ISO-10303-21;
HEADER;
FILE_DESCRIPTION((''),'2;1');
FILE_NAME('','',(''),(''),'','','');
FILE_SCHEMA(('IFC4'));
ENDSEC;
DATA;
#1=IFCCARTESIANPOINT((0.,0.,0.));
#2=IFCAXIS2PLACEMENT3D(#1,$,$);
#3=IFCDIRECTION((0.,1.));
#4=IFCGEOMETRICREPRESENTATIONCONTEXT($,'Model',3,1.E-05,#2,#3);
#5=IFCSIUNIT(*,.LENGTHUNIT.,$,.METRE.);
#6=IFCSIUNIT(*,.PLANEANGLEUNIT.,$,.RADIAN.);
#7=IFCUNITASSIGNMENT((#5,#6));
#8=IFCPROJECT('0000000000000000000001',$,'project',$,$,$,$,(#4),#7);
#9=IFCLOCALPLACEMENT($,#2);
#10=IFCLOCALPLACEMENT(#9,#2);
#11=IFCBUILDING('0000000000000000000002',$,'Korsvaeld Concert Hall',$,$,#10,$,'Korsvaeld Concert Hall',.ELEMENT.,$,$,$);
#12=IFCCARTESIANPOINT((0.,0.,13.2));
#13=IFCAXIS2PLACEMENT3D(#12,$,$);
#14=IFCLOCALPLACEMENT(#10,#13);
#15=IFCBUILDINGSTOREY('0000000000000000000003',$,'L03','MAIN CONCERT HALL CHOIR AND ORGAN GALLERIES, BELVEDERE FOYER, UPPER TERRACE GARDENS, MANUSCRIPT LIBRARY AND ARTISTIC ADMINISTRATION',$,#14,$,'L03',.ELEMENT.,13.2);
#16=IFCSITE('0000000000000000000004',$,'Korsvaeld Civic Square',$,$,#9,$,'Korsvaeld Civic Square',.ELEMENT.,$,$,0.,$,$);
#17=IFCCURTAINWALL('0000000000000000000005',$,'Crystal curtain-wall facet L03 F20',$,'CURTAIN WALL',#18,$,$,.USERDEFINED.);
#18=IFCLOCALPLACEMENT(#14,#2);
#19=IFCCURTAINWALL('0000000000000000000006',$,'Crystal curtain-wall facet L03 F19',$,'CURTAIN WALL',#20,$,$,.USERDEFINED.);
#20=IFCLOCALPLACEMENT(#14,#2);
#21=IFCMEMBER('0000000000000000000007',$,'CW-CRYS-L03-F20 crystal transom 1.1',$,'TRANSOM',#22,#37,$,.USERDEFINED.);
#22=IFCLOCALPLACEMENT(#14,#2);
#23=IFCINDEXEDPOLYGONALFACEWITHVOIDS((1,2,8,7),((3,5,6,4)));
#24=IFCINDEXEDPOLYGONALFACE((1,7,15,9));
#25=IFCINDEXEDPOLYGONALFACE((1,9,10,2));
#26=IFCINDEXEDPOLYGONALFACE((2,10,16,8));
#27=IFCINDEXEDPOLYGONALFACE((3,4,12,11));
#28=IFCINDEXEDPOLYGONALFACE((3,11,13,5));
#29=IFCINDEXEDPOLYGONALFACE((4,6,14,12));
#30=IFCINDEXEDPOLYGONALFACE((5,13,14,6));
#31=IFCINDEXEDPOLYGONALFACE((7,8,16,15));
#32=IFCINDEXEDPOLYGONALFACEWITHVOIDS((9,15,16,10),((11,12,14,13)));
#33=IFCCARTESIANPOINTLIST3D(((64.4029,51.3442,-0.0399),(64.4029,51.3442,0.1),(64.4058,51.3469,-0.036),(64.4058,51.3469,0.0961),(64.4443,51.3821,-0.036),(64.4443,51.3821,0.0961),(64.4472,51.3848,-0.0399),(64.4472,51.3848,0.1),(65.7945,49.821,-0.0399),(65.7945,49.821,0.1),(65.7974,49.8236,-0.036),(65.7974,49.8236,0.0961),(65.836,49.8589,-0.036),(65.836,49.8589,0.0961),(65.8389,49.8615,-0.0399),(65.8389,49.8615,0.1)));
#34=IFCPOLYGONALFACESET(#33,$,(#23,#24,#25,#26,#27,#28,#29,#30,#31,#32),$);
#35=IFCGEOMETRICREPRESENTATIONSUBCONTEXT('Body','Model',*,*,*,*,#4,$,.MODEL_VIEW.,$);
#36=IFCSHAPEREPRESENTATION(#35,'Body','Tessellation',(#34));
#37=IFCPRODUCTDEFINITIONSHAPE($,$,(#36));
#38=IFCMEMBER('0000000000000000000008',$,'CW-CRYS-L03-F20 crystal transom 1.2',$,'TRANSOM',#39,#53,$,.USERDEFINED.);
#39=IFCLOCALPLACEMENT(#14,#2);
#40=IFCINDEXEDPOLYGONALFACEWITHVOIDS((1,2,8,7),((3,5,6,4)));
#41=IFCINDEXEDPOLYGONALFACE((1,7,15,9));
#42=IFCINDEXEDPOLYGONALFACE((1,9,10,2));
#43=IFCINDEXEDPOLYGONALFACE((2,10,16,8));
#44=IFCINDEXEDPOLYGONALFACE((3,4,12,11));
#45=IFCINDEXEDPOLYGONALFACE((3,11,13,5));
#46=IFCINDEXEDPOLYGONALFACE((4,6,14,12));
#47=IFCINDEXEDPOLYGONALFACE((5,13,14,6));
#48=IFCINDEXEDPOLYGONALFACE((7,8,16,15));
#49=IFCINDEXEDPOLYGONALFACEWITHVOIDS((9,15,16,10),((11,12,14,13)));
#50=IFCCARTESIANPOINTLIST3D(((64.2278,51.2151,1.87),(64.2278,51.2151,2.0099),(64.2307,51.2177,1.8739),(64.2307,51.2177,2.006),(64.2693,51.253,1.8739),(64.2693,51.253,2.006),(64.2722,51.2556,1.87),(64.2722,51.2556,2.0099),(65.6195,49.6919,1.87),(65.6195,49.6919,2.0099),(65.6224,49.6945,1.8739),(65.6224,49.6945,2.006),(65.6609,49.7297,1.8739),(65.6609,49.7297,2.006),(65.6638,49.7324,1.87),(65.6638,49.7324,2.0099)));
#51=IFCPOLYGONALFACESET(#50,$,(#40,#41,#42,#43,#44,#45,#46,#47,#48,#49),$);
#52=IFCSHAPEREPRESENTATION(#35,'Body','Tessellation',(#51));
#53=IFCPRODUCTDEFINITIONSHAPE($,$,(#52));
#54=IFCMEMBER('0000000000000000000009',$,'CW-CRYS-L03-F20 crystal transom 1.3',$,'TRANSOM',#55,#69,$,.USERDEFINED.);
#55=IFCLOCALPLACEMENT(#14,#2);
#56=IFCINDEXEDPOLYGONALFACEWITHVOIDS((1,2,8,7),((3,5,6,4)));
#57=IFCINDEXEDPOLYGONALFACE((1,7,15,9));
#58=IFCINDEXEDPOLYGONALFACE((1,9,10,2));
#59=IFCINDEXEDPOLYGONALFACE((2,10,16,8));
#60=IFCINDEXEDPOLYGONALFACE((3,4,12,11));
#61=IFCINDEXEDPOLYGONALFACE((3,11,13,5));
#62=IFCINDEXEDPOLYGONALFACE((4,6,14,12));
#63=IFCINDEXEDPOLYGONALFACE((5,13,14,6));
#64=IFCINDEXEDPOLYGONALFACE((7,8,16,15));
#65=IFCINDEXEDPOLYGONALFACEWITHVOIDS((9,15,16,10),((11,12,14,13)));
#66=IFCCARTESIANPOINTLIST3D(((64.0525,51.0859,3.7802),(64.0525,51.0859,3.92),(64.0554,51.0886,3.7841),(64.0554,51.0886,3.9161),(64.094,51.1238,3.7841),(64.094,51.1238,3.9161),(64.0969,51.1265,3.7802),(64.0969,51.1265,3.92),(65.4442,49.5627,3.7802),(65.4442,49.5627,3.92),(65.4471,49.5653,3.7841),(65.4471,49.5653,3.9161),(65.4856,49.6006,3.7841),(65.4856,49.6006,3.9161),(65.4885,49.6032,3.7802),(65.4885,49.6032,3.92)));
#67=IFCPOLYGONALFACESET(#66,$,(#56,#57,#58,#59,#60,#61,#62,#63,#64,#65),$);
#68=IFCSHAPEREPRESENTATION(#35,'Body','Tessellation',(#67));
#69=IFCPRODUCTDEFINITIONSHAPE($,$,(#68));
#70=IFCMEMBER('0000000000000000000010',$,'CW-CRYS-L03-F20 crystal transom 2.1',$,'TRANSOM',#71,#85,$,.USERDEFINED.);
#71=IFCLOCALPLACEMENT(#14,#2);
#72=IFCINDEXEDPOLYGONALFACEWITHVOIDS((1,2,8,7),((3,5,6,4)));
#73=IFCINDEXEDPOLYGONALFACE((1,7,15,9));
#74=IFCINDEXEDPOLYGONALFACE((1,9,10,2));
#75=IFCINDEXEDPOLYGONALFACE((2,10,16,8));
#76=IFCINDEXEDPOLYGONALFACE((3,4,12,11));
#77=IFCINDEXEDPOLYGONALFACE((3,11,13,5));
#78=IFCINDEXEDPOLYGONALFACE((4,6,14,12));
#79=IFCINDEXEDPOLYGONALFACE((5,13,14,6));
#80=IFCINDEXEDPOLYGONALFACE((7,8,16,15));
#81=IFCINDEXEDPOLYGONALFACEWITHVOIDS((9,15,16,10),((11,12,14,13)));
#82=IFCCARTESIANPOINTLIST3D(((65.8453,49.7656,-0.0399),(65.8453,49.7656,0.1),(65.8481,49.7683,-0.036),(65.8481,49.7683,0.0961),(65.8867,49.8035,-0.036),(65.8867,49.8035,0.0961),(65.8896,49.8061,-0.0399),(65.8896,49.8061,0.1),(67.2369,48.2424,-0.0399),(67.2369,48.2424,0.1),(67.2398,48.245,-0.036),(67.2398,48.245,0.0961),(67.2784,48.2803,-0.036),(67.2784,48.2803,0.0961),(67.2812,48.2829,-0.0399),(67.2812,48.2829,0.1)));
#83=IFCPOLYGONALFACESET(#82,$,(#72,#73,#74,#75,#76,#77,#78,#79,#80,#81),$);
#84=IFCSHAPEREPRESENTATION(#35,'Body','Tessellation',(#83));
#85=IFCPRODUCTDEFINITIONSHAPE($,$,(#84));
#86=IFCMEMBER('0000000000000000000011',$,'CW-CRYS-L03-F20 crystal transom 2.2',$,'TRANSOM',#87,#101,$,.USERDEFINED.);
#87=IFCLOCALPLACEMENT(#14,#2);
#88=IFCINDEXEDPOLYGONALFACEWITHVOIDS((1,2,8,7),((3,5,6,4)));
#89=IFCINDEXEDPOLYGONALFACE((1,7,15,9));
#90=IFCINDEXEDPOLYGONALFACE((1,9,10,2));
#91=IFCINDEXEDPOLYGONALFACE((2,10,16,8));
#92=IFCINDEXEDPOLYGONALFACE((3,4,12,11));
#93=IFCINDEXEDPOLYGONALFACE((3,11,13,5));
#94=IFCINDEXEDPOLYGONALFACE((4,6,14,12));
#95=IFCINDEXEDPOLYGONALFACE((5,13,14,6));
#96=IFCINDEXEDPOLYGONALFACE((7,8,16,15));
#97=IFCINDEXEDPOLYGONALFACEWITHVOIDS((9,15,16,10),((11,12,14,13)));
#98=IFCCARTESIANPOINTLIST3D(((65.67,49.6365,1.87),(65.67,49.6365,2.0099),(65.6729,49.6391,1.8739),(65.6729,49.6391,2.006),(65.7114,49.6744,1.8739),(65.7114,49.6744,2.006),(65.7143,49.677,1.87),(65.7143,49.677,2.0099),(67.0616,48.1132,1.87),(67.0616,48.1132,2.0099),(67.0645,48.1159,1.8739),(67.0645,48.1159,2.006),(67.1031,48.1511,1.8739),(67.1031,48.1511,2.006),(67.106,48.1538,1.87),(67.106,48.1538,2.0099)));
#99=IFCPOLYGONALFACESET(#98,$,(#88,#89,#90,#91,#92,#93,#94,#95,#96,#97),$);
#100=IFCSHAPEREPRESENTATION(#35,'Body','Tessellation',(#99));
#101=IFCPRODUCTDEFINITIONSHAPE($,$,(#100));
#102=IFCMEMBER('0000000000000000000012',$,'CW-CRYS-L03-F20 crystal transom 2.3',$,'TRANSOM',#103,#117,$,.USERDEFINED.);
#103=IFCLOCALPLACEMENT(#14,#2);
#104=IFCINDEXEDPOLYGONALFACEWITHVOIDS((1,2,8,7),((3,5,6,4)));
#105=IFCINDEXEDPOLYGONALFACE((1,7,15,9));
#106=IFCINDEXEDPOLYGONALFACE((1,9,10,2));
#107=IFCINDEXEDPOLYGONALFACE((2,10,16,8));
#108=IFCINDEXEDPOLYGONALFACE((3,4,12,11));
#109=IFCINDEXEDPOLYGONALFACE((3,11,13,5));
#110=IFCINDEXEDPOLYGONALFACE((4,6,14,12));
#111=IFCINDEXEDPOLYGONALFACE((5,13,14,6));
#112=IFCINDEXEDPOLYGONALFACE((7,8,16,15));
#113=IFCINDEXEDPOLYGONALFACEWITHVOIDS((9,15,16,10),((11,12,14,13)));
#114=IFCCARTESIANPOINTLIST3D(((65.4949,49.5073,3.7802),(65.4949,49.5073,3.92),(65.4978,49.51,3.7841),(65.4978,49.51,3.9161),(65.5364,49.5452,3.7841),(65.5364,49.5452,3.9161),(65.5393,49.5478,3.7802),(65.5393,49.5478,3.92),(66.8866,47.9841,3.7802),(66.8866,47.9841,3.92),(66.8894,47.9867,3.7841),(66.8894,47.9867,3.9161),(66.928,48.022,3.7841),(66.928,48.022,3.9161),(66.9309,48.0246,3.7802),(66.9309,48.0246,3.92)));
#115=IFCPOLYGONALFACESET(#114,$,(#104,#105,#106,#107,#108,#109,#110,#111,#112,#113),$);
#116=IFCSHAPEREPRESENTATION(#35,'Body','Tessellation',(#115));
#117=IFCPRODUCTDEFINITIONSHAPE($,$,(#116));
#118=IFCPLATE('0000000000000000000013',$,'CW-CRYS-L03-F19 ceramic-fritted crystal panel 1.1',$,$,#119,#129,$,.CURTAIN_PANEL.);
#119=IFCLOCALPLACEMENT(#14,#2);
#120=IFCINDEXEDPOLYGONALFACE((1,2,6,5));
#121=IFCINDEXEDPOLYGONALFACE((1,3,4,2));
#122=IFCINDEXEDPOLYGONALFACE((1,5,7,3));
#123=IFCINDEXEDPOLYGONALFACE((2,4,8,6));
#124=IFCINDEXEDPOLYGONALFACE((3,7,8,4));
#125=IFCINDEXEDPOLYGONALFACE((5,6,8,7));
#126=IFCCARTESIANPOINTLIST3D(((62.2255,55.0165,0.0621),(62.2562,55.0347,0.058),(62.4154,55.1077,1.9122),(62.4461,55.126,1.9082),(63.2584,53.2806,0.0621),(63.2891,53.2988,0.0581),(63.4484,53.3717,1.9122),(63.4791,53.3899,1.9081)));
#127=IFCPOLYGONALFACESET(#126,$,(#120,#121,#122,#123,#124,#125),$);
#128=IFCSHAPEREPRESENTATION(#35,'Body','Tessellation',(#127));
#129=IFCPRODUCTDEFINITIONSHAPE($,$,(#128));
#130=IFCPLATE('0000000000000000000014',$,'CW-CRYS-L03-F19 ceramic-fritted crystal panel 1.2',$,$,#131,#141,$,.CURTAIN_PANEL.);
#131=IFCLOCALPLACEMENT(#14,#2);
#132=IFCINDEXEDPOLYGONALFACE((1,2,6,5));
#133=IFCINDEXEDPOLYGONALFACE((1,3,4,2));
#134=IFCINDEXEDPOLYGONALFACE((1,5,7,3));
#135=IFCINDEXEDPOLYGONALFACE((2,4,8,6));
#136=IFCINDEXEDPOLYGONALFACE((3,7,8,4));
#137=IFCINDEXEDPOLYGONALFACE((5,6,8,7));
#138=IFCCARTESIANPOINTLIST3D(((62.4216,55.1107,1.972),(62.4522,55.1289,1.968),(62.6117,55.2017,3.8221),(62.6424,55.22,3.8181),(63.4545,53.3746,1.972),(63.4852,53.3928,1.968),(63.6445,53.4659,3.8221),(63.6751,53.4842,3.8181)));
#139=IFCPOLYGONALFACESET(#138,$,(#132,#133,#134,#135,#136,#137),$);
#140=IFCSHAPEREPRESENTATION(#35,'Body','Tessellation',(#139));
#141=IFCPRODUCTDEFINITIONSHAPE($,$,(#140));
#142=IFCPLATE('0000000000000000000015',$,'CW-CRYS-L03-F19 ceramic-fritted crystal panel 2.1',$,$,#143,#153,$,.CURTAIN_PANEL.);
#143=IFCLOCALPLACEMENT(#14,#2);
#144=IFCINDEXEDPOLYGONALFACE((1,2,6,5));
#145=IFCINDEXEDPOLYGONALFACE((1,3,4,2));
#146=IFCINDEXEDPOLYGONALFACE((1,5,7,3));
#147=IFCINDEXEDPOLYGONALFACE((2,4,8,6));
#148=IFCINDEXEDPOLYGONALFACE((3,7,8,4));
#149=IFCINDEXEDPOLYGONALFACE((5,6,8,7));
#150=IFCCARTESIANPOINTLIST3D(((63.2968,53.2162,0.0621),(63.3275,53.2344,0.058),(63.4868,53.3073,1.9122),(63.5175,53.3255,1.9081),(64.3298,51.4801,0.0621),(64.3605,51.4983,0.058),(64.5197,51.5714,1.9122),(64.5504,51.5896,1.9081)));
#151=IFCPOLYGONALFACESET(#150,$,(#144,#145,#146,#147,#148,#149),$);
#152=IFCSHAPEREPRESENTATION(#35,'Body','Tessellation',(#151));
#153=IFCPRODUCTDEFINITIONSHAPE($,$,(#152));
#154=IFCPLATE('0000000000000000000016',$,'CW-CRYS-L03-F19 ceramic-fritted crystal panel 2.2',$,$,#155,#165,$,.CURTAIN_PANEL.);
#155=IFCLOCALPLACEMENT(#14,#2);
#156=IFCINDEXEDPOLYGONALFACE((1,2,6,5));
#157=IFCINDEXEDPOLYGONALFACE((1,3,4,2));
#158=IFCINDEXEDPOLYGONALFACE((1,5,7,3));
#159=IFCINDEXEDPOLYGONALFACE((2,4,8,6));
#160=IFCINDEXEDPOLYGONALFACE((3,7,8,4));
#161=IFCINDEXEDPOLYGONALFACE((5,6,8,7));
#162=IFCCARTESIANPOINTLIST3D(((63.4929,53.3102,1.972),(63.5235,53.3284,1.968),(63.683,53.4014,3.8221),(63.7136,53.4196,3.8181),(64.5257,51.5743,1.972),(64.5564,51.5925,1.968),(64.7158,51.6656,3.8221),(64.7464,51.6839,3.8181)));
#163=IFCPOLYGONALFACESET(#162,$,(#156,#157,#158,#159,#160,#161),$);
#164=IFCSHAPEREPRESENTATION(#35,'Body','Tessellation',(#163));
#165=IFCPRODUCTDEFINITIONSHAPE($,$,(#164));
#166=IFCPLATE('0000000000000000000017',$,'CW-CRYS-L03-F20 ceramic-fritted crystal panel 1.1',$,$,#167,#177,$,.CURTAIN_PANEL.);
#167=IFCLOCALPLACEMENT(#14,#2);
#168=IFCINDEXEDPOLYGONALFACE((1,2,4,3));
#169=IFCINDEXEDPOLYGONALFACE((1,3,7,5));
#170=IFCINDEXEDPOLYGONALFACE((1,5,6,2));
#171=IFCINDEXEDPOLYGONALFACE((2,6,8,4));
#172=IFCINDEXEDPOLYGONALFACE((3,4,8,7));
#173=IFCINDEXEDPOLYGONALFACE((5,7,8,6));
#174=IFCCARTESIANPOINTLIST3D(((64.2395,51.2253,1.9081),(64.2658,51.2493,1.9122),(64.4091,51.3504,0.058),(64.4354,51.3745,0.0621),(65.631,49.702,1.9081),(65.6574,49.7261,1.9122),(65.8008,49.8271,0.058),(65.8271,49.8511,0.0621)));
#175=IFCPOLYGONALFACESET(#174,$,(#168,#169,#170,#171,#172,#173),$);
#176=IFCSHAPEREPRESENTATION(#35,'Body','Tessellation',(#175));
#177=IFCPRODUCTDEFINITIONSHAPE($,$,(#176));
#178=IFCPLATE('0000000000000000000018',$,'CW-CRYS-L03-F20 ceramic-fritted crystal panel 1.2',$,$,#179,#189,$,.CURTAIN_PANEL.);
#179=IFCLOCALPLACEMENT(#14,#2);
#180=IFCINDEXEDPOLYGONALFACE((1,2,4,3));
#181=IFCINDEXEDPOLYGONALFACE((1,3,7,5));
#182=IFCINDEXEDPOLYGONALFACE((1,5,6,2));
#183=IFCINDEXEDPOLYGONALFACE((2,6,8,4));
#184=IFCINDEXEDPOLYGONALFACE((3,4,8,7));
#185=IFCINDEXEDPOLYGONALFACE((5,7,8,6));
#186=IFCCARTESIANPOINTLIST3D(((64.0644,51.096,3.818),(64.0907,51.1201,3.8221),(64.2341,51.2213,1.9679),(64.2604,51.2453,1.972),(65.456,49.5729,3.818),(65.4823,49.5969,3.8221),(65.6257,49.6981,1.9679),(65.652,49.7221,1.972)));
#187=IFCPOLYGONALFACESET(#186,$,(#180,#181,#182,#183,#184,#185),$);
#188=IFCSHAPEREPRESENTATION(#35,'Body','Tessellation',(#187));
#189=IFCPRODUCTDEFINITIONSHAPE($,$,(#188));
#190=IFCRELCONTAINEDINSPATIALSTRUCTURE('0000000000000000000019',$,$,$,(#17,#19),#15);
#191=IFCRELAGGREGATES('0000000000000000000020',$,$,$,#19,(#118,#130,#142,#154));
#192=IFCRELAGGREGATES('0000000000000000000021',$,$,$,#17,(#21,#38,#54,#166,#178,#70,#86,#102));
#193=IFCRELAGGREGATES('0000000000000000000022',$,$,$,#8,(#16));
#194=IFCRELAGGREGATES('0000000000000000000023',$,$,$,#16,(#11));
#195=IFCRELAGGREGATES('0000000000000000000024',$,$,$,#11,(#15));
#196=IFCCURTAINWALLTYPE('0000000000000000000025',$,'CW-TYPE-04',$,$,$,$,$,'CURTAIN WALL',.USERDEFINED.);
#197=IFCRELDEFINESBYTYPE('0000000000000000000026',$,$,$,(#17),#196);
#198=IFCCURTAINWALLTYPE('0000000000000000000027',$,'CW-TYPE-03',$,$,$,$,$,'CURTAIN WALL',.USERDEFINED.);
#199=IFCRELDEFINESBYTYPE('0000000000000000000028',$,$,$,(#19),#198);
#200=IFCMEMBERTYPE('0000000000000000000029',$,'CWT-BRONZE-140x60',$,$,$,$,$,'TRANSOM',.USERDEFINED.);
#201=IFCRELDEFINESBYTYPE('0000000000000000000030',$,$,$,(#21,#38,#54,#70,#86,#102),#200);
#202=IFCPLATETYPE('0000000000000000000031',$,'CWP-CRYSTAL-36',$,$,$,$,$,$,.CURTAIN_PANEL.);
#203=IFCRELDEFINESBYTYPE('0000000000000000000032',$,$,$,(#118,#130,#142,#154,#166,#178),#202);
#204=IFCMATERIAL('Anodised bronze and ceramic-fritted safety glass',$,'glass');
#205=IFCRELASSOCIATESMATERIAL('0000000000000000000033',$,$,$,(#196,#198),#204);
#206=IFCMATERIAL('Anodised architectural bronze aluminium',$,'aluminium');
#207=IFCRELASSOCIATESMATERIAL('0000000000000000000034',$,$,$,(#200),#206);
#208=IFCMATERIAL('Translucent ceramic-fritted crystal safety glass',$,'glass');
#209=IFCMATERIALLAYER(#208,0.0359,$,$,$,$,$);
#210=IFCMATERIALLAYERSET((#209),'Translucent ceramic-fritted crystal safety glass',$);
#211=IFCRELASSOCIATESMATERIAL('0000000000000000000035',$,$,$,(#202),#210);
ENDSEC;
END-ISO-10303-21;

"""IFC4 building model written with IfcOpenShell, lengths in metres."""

from ifc_helpers import new_model, si_unit, direction, frame, origin, origin_2d, place, context, subcontext, project, spatial, polyline, hollow_rectangle, outline, extrude, material, layer, layer_set, material_profile, profile_set, type_object, element, aggregate, save


model = new_model("IFC4")

# Units and contexts
model_context = context("Model", 3, precision=1e-05, world=origin(), true_north=direction((0.0, 1.0)))
body_context = subcontext(model_context, "Body", "Model", "MODEL_VIEW")
ifc_project = project(units=[si_unit("LENGTHUNIT", "METRE"), si_unit("PLANEANGLEUNIT", "RADIAN")], contexts=[model_context])

# Site, building, storey
site_placement = place(None, origin())
site = spatial("IfcSite", under=ifc_project, at=site_placement, Name="Korsvaeld Civic Square", LongName="Korsvaeld Civic Square", CompositionType="ELEMENT", RefElevation=0.0)
building_placement = place(site_placement, origin())
building = spatial("IfcBuilding", under=site, at=building_placement, Name="Korsvaeld Concert Hall", LongName="Korsvaeld Concert Hall", CompositionType="ELEMENT")
storey_placement = place(building_placement, frame((0.0, 0.0, 13.2)))
storey = spatial("IfcBuildingStorey", under=building, at=storey_placement, Name="L03", Description="MAIN CONCERT HALL CHOIR AND ORGAN GALLERIES, BELVEDERE FOYER, UPPER TERRACE GARDENS, MANUSCRIPT LIBRARY AND ARTISTIC ADMINISTRATION", LongName="L03", CompositionType="ELEMENT", Elevation=13.2)

# Curtain walls
ifc_material_1 = material(Name="Anodised bronze and ceramic-fritted safety glass", Category="glass")
curtain_wall_type_1 = type_object("IfcCurtainWallType", Name="CW-TYPE-04", ElementType="CURTAIN WALL", PredefinedType="USERDEFINED", material=ifc_material_1)
curtain_wall_1_placement = place(storey_placement, origin())
curtain_wall_1 = element("IfcCurtainWall", 1, at=curtain_wall_1_placement, inside=storey, type_object=curtain_wall_type_1, Name="Crystal curtain-wall facet L03 F20", ObjectType="CURTAIN WALL", PredefinedType="USERDEFINED")
ifc_material_2 = material(Name="Anodised architectural bronze aluminium", Category="aluminium")
curtain_wall_type_2 = type_object("IfcCurtainWallType", Name="CW-TYPE-03", ElementType="CURTAIN WALL", PredefinedType="USERDEFINED", material=ifc_material_1)
curtain_wall_2_placement = place(storey_placement, origin())
curtain_wall_2 = element("IfcCurtainWall", 2, at=curtain_wall_2_placement, inside=storey, type_object=curtain_wall_type_2, Name="Crystal curtain-wall facet L03 F19", ObjectType="CURTAIN WALL", PredefinedType="USERDEFINED")
ifc_material_profile_1 = material_profile(ifc_material_2, hollow_rectangle(XDim=0.0601, YDim=0.1399, WallThickness=0.0039, at=origin_2d()), Name="CWT 140x60x4")
ifc_profile_set_1 = profile_set([ifc_material_profile_1], Name="Anodised architectural bronze aluminium")
member_type_1 = type_object("IfcMemberType", Name="CWT-BRONZE-140x60", ElementType="TRANSOM", PredefinedType="USERDEFINED", material=ifc_profile_set_1)

# Members
member_1_placement = place(storey_placement, frame((64.425, 51.3645, 0.03), z_axis=(0.674497, -0.738278, 0.0), x_axis=(0.738278, 0.674497, 0.0)))
member_1 = element("IfcMember", 3, at=member_1_placement, type_object=member_type_1, Name="CW-CRYS-L03-F20 crystal transom 1.1", ObjectType="TRANSOM", PredefinedType="USERDEFINED", context=body_context, shape_type="SweptSolid", body=[
    extrude(hollow_rectangle(XDim=0.0601, YDim=0.1399, WallThickness=0.0039, at=origin_2d()), origin(), (0.0, 0.0, 1.0), 2.0632),
])
member_2_placement = place(storey_placement, frame((64.25, 51.2354, 1.9399), z_axis=(0.674497, -0.738278, 0.0), x_axis=(0.738278, 0.674497, 0.0)))
member_2 = element("IfcMember", 4, at=member_2_placement, type_object=member_type_1, Name="CW-CRYS-L03-F20 crystal transom 1.2", ObjectType="TRANSOM", PredefinedType="USERDEFINED", context=body_context, shape_type="SweptSolid", body=[
    extrude(hollow_rectangle(XDim=0.0601, YDim=0.1399, WallThickness=0.0039, at=origin_2d()), origin(), (0.0, 0.0, 1.0), 2.0632),
])
member_3_placement = place(storey_placement, frame((64.0747, 51.1062, 3.8501), z_axis=(0.674497, -0.738278, 0.0), x_axis=(0.738278, 0.674497, 0.0)))
member_3 = element("IfcMember", 5, at=member_3_placement, type_object=member_type_1, Name="CW-CRYS-L03-F20 crystal transom 1.3", ObjectType="TRANSOM", PredefinedType="USERDEFINED", context=body_context, shape_type="SweptSolid", body=[
    extrude(hollow_rectangle(XDim=0.0601, YDim=0.1399, WallThickness=0.0039, at=origin_2d()), origin(), (0.0, 0.0, 1.0), 2.0632),
])
member_4_placement = place(storey_placement, frame((65.8674, 49.7859, 0.03), z_axis=(0.674497, -0.738278, 0.0), x_axis=(0.738278, 0.674497, 0.0)))
member_4 = element("IfcMember", 6, at=member_4_placement, type_object=member_type_1, Name="CW-CRYS-L03-F20 crystal transom 2.1", ObjectType="TRANSOM", PredefinedType="USERDEFINED", context=body_context, shape_type="SweptSolid", body=[
    extrude(hollow_rectangle(XDim=0.0601, YDim=0.1399, WallThickness=0.0039, at=origin_2d()), origin(), (0.0, 0.0, 1.0), 2.0632),
])
member_5_placement = place(storey_placement, frame((65.6921, 49.6567, 1.9399), z_axis=(0.674497, -0.738278, 0.0), x_axis=(0.738278, 0.674497, 0.0)))
member_5 = element("IfcMember", 7, at=member_5_placement, type_object=member_type_1, Name="CW-CRYS-L03-F20 crystal transom 2.2", ObjectType="TRANSOM", PredefinedType="USERDEFINED", context=body_context, shape_type="SweptSolid", body=[
    extrude(hollow_rectangle(XDim=0.0601, YDim=0.1399, WallThickness=0.0039, at=origin_2d()), origin(), (0.0, 0.0, 1.0), 2.0632),
])
member_6_placement = place(storey_placement, frame((65.5171, 49.5276, 3.8501), z_axis=(0.674497, -0.738278, 0.0), x_axis=(0.738278, 0.674497, 0.0)))
member_6 = element("IfcMember", 8, at=member_6_placement, type_object=member_type_1, Name="CW-CRYS-L03-F20 crystal transom 2.3", ObjectType="TRANSOM", PredefinedType="USERDEFINED", context=body_context, shape_type="SweptSolid", body=[
    extrude(hollow_rectangle(XDim=0.0601, YDim=0.1399, WallThickness=0.0039, at=origin_2d()), origin(), (0.0, 0.0, 1.0), 2.0632),
])

# Plates
ifc_material_3 = material(Name="Translucent ceramic-fritted crystal safety glass", Category="glass")
ifc_layer_1 = layer(ifc_material_3, 0.0359)
ifc_layer_set_1 = layer_set([ifc_layer_1], Name="Translucent ceramic-fritted crystal safety glass")
plate_type = type_object("IfcPlateType", Name="CWP-CRYSTAL-36", PredefinedType="CURTAIN_PANEL", material=ifc_layer_set_1)
plate_1_placement = place(storey_placement, frame((62.241, 55.0256, 0.0601), z_axis=(-0.853894, -0.508097, 0.112708), x_axis=(0.511356, -0.859369, 0.000003)))
plate_1 = element("IfcPlate", 9, at=plate_1_placement, type_object=plate_type, Name="CW-CRYS-L03-F19 ceramic-fritted crystal panel 1.1", PredefinedType="CURTAIN_PANEL", context=body_context, shape_type="SweptSolid", body=[
    extrude(outline(polyline([(0.0, 0.0), (2.0199, 0.0), (2.0388, 1.862), (0.0187, 1.862), (0.0, 0.0)])), frame((0.0, 0.0, 0.0181)), (0.0, 0.0, -1.0), 0.0359),
])
plate_2_placement = place(storey_placement, frame((62.437, 55.1199, 1.97), z_axis=(-0.853915, -0.508049, 0.112764), x_axis=(0.511311, -0.859396, 0.000002)))
plate_2 = element("IfcPlate", 10, at=plate_2_placement, type_object=plate_type, Name="CW-CRYS-L03-F19 ceramic-fritted crystal panel 1.2", PredefinedType="CURTAIN_PANEL", context=body_context, shape_type="SweptSolid", body=[
    extrude(outline(polyline([(0.0, 0.0), (2.0201, 0.0), (2.0388, 1.862), (0.019, 1.862), (0.0, 0.0)])), frame((0.0, 0.0, 0.0181)), (0.0, 0.0, -1.0), 0.0359),
])
plate_3_placement = place(storey_placement, frame((63.3123, 53.2253, 0.0601), z_axis=(-0.853894, -0.508097, 0.112708), x_axis=(0.511355, -0.85937, -0.000003)))
plate_3 = element("IfcPlate", 11, at=plate_3_placement, type_object=plate_type, Name="CW-CRYS-L03-F19 ceramic-fritted crystal panel 2.1", PredefinedType="CURTAIN_PANEL", context=body_context, shape_type="SweptSolid", body=[
    extrude(outline(polyline([(0.0, 0.0), (2.0201, 0.0), (2.0388, 1.862), (0.0189, 1.862), (0.0, 0.0)])), frame((0.0, 0.0, 0.0181)), (0.0, 0.0, -1.0), 0.0359),
])
plate_4_placement = place(storey_placement, frame((63.5083, 53.3193, 1.97), z_axis=(-0.853896, -0.508074, 0.112797), x_axis=(0.511338, -0.85938, 0.000006)))
plate_4 = element("IfcPlate", 12, at=plate_4_placement, type_object=plate_type, Name="CW-CRYS-L03-F19 ceramic-fritted crystal panel 2.2", PredefinedType="CURTAIN_PANEL", context=body_context, shape_type="SweptSolid", body=[
    extrude(outline(polyline([(0.0, 0.0), (2.0199, 0.0), (2.0386, 1.862), (0.0188, 1.862), (0.0, 0.0)])), frame((0.0, 0.0, 0.0181)), (0.0, 0.0, -1.0), 0.0359),
])
aggregate(curtain_wall_2, [plate_1, plate_2, plate_3, plate_4])
plate_5_placement = place(storey_placement, frame((64.4224, 51.3625, 0.0601), z_axis=(-0.733609, -0.670177, -0.112605), x_axis=(0.674467, -0.738305, 0.000004)))
plate_5 = element("IfcPlate", 13, at=plate_5_placement, type_object=plate_type, Name="CW-CRYS-L03-F20 ceramic-fritted crystal panel 1.1", PredefinedType="CURTAIN_PANEL", context=body_context, shape_type="SweptSolid", body=[
    extrude(outline(polyline([(0.0, 0.0), (2.0634, 0.0), (2.0412, 1.8619), (-0.022, 1.8619), (0.0, 0.0)])), frame((0.0, 0.0, 0.0181)), (0.0, 0.0, -1.0), 0.0359),
])
plate_6_placement = place(storey_placement, frame((64.2473, 51.2334, 1.97), z_axis=(-0.733579, -0.670203, -0.112649), x_axis=(0.674497, -0.738278, 0.0)))
plate_6 = element("IfcPlate", 14, at=plate_6_placement, type_object=plate_type, Name="CW-CRYS-L03-F20 ceramic-fritted crystal panel 1.2", PredefinedType="CURTAIN_PANEL", context=body_context, shape_type="SweptSolid", body=[
    extrude(outline(polyline([(0.0, 0.0), (2.0632, 0.0), (2.0412, 1.8619), (-0.022, 1.8619), (0.0, 0.0)])), frame((0.0, 0.0, 0.0181)), (0.0, 0.0, -1.0), 0.0359),
])
aggregate(curtain_wall_1, [member_1, member_2, member_3, plate_5, plate_6, member_4, member_5, member_6])

save(model, "model.ifc")
